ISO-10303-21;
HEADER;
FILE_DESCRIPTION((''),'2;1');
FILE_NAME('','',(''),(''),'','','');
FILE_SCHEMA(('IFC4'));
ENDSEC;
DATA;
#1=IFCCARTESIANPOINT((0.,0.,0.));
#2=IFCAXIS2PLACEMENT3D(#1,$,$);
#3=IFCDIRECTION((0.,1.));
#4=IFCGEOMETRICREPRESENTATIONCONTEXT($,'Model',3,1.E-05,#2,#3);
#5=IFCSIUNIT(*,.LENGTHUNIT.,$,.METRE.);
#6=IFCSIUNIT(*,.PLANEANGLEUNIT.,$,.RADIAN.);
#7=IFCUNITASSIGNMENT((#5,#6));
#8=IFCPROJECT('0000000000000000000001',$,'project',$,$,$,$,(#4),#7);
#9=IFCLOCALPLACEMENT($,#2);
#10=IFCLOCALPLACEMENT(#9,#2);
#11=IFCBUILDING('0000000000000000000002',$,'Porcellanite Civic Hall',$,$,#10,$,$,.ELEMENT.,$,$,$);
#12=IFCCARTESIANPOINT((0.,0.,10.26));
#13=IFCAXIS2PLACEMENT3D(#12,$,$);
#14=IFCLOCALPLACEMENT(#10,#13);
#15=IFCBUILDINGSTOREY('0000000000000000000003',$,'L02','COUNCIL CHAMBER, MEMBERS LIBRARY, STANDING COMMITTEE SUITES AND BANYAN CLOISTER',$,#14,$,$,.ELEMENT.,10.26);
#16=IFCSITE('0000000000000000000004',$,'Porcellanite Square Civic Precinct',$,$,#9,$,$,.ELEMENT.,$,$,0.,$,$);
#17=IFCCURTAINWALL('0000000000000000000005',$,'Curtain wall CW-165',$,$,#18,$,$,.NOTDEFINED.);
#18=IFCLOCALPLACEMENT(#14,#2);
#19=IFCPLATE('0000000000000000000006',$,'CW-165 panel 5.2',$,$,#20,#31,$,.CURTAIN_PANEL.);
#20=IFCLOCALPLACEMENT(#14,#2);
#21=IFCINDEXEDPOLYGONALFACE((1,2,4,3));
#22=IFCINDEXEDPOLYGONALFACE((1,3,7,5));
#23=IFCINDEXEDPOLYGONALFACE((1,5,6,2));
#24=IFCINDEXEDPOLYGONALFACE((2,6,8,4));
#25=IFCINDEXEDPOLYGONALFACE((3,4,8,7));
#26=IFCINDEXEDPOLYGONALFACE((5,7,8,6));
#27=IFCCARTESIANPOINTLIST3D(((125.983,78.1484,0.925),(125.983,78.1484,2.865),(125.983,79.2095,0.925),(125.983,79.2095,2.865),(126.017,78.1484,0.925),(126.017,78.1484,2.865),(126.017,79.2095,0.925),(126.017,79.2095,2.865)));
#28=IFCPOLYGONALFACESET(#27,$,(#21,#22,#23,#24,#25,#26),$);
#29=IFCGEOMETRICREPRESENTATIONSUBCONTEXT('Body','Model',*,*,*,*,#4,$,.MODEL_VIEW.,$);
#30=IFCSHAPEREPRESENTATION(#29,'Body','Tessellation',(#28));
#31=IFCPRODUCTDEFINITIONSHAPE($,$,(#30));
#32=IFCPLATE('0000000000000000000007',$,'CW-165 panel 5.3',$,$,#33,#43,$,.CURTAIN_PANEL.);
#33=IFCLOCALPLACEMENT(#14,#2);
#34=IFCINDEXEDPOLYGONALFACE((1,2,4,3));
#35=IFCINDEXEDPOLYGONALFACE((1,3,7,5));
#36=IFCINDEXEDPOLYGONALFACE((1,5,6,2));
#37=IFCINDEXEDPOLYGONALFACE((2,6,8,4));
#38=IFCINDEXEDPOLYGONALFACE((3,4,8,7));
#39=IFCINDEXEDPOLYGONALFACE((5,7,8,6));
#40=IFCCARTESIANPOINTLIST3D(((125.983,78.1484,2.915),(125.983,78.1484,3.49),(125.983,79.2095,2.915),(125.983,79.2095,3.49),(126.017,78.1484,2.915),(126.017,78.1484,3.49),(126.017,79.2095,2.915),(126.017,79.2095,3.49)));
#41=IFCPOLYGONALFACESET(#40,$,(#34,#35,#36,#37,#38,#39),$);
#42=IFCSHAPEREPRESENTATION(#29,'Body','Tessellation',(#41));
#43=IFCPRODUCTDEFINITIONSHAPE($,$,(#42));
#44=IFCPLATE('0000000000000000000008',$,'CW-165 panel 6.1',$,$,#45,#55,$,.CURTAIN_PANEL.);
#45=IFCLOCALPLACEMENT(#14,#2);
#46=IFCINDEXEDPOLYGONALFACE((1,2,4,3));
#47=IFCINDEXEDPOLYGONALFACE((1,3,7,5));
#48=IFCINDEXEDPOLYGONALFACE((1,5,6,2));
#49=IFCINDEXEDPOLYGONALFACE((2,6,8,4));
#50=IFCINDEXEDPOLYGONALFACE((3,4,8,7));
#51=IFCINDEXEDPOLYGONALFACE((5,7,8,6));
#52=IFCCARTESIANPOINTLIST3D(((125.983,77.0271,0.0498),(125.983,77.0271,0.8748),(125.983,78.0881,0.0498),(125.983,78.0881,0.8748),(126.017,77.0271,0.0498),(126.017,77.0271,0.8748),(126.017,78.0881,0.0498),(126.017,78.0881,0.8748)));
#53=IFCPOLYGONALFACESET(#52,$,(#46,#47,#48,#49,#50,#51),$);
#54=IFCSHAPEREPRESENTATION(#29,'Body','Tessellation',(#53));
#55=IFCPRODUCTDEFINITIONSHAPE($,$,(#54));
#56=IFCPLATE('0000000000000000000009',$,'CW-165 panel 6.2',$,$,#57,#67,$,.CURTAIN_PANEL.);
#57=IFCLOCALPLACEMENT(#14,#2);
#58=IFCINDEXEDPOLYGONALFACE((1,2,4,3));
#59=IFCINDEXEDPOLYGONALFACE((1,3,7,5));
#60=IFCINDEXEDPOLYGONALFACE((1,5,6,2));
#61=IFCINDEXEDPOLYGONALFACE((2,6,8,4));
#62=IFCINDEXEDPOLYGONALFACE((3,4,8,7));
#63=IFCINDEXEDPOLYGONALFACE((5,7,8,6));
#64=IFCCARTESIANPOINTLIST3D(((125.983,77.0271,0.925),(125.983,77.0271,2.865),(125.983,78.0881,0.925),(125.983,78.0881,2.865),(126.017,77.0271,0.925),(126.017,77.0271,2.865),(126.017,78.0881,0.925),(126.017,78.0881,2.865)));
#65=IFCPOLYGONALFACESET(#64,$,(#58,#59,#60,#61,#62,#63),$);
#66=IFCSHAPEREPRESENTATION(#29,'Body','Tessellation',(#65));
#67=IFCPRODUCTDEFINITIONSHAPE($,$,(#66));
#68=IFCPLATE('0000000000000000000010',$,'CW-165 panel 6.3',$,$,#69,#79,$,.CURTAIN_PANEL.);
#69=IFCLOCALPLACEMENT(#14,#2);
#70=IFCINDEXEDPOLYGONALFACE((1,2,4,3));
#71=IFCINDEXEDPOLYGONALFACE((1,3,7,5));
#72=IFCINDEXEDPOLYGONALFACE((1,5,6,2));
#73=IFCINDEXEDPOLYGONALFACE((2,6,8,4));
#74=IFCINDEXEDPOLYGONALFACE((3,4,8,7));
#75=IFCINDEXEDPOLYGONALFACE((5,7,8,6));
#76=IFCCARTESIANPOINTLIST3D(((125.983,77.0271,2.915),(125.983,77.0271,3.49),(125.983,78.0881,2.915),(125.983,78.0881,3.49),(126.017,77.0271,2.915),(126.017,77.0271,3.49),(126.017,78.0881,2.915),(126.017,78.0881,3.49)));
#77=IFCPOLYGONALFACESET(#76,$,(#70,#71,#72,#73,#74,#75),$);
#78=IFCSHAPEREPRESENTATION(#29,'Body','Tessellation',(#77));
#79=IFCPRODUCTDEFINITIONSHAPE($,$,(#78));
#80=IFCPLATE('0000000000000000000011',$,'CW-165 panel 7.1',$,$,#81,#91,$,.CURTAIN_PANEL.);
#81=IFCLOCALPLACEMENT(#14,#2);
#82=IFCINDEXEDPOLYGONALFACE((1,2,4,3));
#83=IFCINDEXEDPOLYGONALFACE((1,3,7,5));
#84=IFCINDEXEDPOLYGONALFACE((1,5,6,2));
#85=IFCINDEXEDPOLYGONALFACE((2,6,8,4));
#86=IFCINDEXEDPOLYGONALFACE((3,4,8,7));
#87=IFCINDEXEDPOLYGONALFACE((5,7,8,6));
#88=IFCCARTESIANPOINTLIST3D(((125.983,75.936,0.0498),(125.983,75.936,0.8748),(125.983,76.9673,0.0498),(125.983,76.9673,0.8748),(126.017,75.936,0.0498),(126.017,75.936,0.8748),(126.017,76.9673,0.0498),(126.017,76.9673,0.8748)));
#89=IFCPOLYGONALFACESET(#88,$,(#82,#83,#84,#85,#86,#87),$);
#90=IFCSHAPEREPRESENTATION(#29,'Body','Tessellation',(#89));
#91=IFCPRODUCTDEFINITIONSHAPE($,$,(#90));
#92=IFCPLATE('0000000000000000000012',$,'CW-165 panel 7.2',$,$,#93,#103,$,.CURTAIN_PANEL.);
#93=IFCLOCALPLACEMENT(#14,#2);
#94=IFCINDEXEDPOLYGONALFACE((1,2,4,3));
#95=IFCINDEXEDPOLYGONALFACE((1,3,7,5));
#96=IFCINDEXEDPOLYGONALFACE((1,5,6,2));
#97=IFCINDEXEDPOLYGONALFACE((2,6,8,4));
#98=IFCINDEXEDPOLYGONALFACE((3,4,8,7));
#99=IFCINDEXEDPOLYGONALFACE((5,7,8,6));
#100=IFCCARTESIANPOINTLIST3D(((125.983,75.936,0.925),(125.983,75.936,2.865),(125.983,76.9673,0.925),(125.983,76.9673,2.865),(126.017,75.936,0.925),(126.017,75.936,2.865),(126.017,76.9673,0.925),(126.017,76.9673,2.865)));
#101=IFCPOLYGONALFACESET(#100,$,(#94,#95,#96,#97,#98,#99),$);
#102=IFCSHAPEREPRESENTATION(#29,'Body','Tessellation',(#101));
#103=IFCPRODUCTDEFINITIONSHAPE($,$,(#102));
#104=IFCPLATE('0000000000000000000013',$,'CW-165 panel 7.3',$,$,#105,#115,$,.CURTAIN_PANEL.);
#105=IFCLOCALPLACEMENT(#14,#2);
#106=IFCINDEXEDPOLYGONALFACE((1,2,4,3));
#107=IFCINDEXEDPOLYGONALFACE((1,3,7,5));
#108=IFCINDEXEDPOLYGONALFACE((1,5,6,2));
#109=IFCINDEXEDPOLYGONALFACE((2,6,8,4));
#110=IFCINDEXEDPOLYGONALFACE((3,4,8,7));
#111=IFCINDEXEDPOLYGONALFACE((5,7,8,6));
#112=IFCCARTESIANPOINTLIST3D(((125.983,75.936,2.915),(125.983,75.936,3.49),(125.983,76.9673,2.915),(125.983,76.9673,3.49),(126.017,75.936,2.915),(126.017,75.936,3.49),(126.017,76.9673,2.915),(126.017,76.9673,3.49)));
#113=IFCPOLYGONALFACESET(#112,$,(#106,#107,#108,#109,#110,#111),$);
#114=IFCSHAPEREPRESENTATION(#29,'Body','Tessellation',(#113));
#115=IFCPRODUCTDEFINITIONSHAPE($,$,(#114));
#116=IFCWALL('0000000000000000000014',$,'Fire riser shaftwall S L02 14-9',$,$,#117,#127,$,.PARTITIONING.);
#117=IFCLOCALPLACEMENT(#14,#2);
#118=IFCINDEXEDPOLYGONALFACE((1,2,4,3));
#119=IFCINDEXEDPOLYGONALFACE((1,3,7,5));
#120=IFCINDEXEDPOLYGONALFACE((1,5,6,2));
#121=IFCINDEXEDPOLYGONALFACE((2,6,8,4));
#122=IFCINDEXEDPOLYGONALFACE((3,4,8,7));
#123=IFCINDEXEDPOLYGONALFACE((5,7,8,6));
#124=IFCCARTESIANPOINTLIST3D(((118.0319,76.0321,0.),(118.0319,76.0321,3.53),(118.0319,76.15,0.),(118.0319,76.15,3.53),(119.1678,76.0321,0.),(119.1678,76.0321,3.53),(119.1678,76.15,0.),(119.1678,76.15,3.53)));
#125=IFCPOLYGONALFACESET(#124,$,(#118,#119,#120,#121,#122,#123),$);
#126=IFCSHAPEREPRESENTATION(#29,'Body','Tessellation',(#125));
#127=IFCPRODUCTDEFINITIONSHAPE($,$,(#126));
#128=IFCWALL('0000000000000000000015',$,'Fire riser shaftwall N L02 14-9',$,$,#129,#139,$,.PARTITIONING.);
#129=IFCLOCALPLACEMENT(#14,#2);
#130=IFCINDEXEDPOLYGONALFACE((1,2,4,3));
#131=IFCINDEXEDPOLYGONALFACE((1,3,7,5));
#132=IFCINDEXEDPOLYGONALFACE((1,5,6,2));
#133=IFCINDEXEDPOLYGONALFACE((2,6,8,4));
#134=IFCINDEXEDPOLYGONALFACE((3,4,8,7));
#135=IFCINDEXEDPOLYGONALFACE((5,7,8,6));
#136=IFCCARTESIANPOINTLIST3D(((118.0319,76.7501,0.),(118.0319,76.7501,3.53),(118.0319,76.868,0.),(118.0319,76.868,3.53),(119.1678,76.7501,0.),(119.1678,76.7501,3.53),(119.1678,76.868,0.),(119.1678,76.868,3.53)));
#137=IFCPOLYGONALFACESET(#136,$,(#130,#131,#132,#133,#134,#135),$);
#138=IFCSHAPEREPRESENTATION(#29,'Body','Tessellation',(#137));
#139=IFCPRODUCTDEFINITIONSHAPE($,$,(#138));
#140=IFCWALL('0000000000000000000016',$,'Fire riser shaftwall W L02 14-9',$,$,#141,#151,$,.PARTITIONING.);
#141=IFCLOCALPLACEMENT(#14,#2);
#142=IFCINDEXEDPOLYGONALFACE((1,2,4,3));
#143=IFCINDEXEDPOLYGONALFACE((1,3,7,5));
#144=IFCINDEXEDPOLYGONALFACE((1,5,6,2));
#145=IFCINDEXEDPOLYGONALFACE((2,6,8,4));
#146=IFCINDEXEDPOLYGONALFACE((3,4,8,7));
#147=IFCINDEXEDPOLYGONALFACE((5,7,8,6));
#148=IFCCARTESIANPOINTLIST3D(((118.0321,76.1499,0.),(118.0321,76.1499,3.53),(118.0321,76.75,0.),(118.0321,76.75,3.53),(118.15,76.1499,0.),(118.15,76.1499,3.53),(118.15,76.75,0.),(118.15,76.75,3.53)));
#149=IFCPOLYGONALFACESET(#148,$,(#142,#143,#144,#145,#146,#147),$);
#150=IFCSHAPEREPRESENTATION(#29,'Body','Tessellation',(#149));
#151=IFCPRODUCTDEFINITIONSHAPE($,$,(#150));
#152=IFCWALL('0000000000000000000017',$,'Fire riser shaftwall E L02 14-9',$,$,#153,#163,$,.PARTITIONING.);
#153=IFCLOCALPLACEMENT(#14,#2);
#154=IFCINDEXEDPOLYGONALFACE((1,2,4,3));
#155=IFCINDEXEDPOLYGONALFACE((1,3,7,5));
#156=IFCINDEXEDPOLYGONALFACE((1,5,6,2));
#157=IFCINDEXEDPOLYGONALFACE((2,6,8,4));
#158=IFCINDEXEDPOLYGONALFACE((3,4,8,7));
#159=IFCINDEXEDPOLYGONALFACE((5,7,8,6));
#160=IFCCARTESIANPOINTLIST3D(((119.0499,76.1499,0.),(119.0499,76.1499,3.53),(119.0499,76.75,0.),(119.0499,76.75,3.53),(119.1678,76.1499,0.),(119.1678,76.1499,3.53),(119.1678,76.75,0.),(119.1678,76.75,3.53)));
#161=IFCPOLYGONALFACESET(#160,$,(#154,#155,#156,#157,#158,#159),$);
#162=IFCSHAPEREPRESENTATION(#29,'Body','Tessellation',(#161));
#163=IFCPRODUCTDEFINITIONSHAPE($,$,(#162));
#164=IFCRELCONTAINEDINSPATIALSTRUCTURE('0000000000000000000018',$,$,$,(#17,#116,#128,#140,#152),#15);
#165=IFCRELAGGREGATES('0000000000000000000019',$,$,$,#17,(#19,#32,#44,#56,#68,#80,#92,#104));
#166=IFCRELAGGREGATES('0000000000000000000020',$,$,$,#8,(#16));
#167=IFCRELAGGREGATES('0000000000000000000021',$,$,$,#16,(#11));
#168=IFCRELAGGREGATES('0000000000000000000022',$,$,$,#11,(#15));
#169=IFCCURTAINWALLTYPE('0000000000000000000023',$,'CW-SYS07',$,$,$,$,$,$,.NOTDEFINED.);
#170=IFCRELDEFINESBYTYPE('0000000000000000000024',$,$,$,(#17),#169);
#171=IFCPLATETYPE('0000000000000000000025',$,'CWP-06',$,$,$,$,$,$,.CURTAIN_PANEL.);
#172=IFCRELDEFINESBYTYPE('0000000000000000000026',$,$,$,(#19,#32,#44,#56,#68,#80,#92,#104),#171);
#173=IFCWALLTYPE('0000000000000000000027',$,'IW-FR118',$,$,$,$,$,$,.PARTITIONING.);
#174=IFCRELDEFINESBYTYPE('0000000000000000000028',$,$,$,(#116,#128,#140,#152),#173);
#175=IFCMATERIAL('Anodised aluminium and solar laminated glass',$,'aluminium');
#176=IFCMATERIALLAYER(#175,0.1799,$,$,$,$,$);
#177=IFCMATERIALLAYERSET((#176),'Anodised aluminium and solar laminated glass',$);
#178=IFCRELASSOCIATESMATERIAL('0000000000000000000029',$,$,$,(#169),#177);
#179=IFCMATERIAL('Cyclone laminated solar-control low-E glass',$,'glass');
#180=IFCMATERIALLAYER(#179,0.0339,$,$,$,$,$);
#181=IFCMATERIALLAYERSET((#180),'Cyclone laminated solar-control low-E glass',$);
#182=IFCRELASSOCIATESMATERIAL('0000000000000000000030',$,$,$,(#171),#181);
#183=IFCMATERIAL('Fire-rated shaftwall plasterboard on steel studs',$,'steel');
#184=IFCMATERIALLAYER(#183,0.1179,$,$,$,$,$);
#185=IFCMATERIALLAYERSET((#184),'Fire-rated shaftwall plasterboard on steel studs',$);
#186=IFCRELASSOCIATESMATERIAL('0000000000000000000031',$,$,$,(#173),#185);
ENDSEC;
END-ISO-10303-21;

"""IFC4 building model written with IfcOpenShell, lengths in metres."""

from ifc_helpers import new_model, si_unit, direction, frame, frame_2d, origin, origin_2d, place, context, subcontext, project, spatial, rectangle, extrude, material, layer, layer_set, type_object, element, aggregate, save


model = new_model("IFC4")

# Units and contexts
model_context = context("Model", 3, precision=1e-05, world=origin(), true_north=direction((0.0, 1.0)))
body_context = subcontext(model_context, "Body", "Model", "MODEL_VIEW")
ifc_project = project(units=[si_unit("LENGTHUNIT", "METRE"), si_unit("PLANEANGLEUNIT", "RADIAN")], contexts=[model_context])

# Site, building, storey
site_placement = place(None, origin())
site = spatial("IfcSite", under=ifc_project, at=site_placement, Name="Porcellanite Square Civic Precinct", CompositionType="ELEMENT", RefElevation=0.0)
building_placement = place(site_placement, origin())
building = spatial("IfcBuilding", under=site, at=building_placement, Name="Porcellanite Civic Hall", CompositionType="ELEMENT")
storey_placement = place(building_placement, frame((0.0, 0.0, 10.26)))
storey = spatial("IfcBuildingStorey", under=building, at=storey_placement, Name="L02", Description="COUNCIL CHAMBER, MEMBERS LIBRARY, STANDING COMMITTEE SUITES AND BANYAN CLOISTER", CompositionType="ELEMENT", Elevation=10.26)

# Curtain wall, plates
ifc_material_1 = material(Name="Anodised aluminium and solar laminated glass", Category="aluminium")
ifc_layer_1 = layer(ifc_material_1, 0.1799)
ifc_layer_set_1 = layer_set([ifc_layer_1], Name="Anodised aluminium and solar laminated glass")
curtain_wall_type = type_object("IfcCurtainWallType", Name="CW-SYS07", PredefinedType="NOTDEFINED", material=ifc_layer_set_1)
curtain_wall_placement = place(storey_placement, origin())
curtain_wall = element("IfcCurtainWall", 1, at=curtain_wall_placement, inside=storey, type_object=curtain_wall_type, Name="Curtain wall CW-165", PredefinedType="NOTDEFINED")
ifc_material_2 = material(Name="Cyclone laminated solar-control low-E glass", Category="glass")
ifc_layer_2 = layer(ifc_material_2, 0.0339)
ifc_layer_set_2 = layer_set([ifc_layer_2], Name="Cyclone laminated solar-control low-E glass")
plate_type = type_object("IfcPlateType", Name="CWP-06", PredefinedType="CURTAIN_PANEL", material=ifc_layer_set_2)
plate_1_placement = place(storey_placement, frame((126.0, 78.679, 0.925), z_axis=(0.0, 0.0, 1.0), x_axis=(0.0, -1.0, 0.0)))
plate_1 = element("IfcPlate", 2, at=plate_1_placement, type_object=plate_type, Name="CW-165 panel 5.2", PredefinedType="CURTAIN_PANEL", context=body_context, shape_type="SweptSolid", body=[
    extrude(rectangle(XDim=1.061, YDim=0.0339, at=origin_2d()), origin(), (0.0, 0.0, 1.0), 1.9399),
])
plate_2_placement = place(storey_placement, frame((126.0, 78.679, 2.915), z_axis=(0.0, 0.0, 1.0), x_axis=(0.0, -1.0, 0.0)))
plate_2 = element("IfcPlate", 3, at=plate_2_placement, type_object=plate_type, Name="CW-165 panel 5.3", PredefinedType="CURTAIN_PANEL", context=body_context, shape_type="SweptSolid", body=[
    extrude(rectangle(XDim=1.061, YDim=0.0339, at=origin_2d()), origin(), (0.0, 0.0, 1.0), 0.575),
])
plate_3_placement = place(storey_placement, frame((126.0, 77.5576, 0.0498), z_axis=(0.0, 0.0, 1.0), x_axis=(0.0, -1.0, 0.0)))
plate_3 = element("IfcPlate", 4, at=plate_3_placement, type_object=plate_type, Name="CW-165 panel 6.1", PredefinedType="CURTAIN_PANEL", context=body_context, shape_type="SweptSolid", body=[
    extrude(rectangle(XDim=1.061, YDim=0.0339, at=origin_2d()), origin(), (0.0, 0.0, 1.0), 0.825),
])
plate_4_placement = place(storey_placement, frame((126.0, 77.5576, 0.925), z_axis=(0.0, 0.0, 1.0), x_axis=(0.0, -1.0, 0.0)))
plate_4 = element("IfcPlate", 5, at=plate_4_placement, type_object=plate_type, Name="CW-165 panel 6.2", PredefinedType="CURTAIN_PANEL", context=body_context, shape_type="SweptSolid", body=[
    extrude(rectangle(XDim=1.061, YDim=0.0339, at=origin_2d()), origin(), (0.0, 0.0, 1.0), 1.9399),
])
plate_5_placement = place(storey_placement, frame((126.0, 77.5576, 2.915), z_axis=(0.0, 0.0, 1.0), x_axis=(0.0, -1.0, 0.0)))
plate_5 = element("IfcPlate", 6, at=plate_5_placement, type_object=plate_type, Name="CW-165 panel 6.3", PredefinedType="CURTAIN_PANEL", context=body_context, shape_type="SweptSolid", body=[
    extrude(rectangle(XDim=1.061, YDim=0.0339, at=origin_2d()), origin(), (0.0, 0.0, 1.0), 0.575),
])
plate_6_placement = place(storey_placement, frame((126.0, 76.4517, 0.0498), z_axis=(0.0, 0.0, 1.0), x_axis=(0.0, -1.0, 0.0)))
plate_6 = element("IfcPlate", 7, at=plate_6_placement, type_object=plate_type, Name="CW-165 panel 7.1", PredefinedType="CURTAIN_PANEL", context=body_context, shape_type="SweptSolid", body=[
    extrude(rectangle(XDim=1.0312, YDim=0.0339, at=origin_2d()), origin(), (0.0, 0.0, 1.0), 0.825),
])
plate_7_placement = place(storey_placement, frame((126.0, 76.4517, 0.925), z_axis=(0.0, 0.0, 1.0), x_axis=(0.0, -1.0, 0.0)))
plate_7 = element("IfcPlate", 8, at=plate_7_placement, type_object=plate_type, Name="CW-165 panel 7.2", PredefinedType="CURTAIN_PANEL", context=body_context, shape_type="SweptSolid", body=[
    extrude(rectangle(XDim=1.0312, YDim=0.0339, at=origin_2d()), origin(), (0.0, 0.0, 1.0), 1.9399),
])
plate_8_placement = place(storey_placement, frame((126.0, 76.4517, 2.915), z_axis=(0.0, 0.0, 1.0), x_axis=(0.0, -1.0, 0.0)))
plate_8 = element("IfcPlate", 9, at=plate_8_placement, type_object=plate_type, Name="CW-165 panel 7.3", PredefinedType="CURTAIN_PANEL", context=body_context, shape_type="SweptSolid", body=[
    extrude(rectangle(XDim=1.0312, YDim=0.0339, at=origin_2d()), origin(), (0.0, 0.0, 1.0), 0.575),
])
aggregate(curtain_wall, [plate_1, plate_2, plate_3, plate_4, plate_5, plate_6, plate_7, plate_8])

# Walls
ifc_material_3 = material(Name="Fire-rated shaftwall plasterboard on steel studs", Category="steel")
ifc_layer_3 = layer(ifc_material_3, 0.1179)
ifc_layer_set_3 = layer_set([ifc_layer_3], Name="Fire-rated shaftwall plasterboard on steel studs")
wall_type = type_object("IfcWallType", Name="IW-FR118", PredefinedType="PARTITIONING", material=ifc_layer_set_3)
for number, where, z_axis, x_axis, name in (
    (10, (118.032, 76.0911, 0.0), (0.0, 0.0, 1.0), (1.0, 0.0, 0.0), "Fire riser shaftwall S L02 14-9"),
    (11, (118.032, 76.8091, 0.0), (0.0, 0.0, 1.0), (1.0, 0.0, 0.0), "Fire riser shaftwall N L02 14-9"),
):
    element("IfcWall", number, at=place(storey_placement, frame(where, z_axis=z_axis, x_axis=x_axis)), inside=storey, type_object=wall_type, Name=name, PredefinedType="PARTITIONING", context=body_context, shape_type="SweptSolid", body=[
        extrude(rectangle(XDim=1.136, YDim=0.1179, at=frame_2d((0.5679, 0.0))), origin(), (0.0, 0.0, 1.0), 3.53),
    ])
for number, where, z_axis, x_axis, name in (
    (12, (118.0911, 76.1499, 0.0), (0.0, 0.0, 1.0), (0.0, 1.0, 0.0), "Fire riser shaftwall W L02 14-9"),
    (13, (119.1089, 76.1499, 0.0), (0.0, 0.0, 1.0), (0.0, 1.0, 0.0), "Fire riser shaftwall E L02 14-9"),
):
    element("IfcWall", number, at=place(storey_placement, frame(where, z_axis=z_axis, x_axis=x_axis)), inside=storey, type_object=wall_type, Name=name, PredefinedType="PARTITIONING", context=body_context, shape_type="SweptSolid", body=[
        extrude(rectangle(XDim=0.6001, YDim=0.1179, at=frame_2d((0.3, 0.0))), origin(), (0.0, 0.0, 1.0), 3.53),
    ])

save(model, "model.ifc")
